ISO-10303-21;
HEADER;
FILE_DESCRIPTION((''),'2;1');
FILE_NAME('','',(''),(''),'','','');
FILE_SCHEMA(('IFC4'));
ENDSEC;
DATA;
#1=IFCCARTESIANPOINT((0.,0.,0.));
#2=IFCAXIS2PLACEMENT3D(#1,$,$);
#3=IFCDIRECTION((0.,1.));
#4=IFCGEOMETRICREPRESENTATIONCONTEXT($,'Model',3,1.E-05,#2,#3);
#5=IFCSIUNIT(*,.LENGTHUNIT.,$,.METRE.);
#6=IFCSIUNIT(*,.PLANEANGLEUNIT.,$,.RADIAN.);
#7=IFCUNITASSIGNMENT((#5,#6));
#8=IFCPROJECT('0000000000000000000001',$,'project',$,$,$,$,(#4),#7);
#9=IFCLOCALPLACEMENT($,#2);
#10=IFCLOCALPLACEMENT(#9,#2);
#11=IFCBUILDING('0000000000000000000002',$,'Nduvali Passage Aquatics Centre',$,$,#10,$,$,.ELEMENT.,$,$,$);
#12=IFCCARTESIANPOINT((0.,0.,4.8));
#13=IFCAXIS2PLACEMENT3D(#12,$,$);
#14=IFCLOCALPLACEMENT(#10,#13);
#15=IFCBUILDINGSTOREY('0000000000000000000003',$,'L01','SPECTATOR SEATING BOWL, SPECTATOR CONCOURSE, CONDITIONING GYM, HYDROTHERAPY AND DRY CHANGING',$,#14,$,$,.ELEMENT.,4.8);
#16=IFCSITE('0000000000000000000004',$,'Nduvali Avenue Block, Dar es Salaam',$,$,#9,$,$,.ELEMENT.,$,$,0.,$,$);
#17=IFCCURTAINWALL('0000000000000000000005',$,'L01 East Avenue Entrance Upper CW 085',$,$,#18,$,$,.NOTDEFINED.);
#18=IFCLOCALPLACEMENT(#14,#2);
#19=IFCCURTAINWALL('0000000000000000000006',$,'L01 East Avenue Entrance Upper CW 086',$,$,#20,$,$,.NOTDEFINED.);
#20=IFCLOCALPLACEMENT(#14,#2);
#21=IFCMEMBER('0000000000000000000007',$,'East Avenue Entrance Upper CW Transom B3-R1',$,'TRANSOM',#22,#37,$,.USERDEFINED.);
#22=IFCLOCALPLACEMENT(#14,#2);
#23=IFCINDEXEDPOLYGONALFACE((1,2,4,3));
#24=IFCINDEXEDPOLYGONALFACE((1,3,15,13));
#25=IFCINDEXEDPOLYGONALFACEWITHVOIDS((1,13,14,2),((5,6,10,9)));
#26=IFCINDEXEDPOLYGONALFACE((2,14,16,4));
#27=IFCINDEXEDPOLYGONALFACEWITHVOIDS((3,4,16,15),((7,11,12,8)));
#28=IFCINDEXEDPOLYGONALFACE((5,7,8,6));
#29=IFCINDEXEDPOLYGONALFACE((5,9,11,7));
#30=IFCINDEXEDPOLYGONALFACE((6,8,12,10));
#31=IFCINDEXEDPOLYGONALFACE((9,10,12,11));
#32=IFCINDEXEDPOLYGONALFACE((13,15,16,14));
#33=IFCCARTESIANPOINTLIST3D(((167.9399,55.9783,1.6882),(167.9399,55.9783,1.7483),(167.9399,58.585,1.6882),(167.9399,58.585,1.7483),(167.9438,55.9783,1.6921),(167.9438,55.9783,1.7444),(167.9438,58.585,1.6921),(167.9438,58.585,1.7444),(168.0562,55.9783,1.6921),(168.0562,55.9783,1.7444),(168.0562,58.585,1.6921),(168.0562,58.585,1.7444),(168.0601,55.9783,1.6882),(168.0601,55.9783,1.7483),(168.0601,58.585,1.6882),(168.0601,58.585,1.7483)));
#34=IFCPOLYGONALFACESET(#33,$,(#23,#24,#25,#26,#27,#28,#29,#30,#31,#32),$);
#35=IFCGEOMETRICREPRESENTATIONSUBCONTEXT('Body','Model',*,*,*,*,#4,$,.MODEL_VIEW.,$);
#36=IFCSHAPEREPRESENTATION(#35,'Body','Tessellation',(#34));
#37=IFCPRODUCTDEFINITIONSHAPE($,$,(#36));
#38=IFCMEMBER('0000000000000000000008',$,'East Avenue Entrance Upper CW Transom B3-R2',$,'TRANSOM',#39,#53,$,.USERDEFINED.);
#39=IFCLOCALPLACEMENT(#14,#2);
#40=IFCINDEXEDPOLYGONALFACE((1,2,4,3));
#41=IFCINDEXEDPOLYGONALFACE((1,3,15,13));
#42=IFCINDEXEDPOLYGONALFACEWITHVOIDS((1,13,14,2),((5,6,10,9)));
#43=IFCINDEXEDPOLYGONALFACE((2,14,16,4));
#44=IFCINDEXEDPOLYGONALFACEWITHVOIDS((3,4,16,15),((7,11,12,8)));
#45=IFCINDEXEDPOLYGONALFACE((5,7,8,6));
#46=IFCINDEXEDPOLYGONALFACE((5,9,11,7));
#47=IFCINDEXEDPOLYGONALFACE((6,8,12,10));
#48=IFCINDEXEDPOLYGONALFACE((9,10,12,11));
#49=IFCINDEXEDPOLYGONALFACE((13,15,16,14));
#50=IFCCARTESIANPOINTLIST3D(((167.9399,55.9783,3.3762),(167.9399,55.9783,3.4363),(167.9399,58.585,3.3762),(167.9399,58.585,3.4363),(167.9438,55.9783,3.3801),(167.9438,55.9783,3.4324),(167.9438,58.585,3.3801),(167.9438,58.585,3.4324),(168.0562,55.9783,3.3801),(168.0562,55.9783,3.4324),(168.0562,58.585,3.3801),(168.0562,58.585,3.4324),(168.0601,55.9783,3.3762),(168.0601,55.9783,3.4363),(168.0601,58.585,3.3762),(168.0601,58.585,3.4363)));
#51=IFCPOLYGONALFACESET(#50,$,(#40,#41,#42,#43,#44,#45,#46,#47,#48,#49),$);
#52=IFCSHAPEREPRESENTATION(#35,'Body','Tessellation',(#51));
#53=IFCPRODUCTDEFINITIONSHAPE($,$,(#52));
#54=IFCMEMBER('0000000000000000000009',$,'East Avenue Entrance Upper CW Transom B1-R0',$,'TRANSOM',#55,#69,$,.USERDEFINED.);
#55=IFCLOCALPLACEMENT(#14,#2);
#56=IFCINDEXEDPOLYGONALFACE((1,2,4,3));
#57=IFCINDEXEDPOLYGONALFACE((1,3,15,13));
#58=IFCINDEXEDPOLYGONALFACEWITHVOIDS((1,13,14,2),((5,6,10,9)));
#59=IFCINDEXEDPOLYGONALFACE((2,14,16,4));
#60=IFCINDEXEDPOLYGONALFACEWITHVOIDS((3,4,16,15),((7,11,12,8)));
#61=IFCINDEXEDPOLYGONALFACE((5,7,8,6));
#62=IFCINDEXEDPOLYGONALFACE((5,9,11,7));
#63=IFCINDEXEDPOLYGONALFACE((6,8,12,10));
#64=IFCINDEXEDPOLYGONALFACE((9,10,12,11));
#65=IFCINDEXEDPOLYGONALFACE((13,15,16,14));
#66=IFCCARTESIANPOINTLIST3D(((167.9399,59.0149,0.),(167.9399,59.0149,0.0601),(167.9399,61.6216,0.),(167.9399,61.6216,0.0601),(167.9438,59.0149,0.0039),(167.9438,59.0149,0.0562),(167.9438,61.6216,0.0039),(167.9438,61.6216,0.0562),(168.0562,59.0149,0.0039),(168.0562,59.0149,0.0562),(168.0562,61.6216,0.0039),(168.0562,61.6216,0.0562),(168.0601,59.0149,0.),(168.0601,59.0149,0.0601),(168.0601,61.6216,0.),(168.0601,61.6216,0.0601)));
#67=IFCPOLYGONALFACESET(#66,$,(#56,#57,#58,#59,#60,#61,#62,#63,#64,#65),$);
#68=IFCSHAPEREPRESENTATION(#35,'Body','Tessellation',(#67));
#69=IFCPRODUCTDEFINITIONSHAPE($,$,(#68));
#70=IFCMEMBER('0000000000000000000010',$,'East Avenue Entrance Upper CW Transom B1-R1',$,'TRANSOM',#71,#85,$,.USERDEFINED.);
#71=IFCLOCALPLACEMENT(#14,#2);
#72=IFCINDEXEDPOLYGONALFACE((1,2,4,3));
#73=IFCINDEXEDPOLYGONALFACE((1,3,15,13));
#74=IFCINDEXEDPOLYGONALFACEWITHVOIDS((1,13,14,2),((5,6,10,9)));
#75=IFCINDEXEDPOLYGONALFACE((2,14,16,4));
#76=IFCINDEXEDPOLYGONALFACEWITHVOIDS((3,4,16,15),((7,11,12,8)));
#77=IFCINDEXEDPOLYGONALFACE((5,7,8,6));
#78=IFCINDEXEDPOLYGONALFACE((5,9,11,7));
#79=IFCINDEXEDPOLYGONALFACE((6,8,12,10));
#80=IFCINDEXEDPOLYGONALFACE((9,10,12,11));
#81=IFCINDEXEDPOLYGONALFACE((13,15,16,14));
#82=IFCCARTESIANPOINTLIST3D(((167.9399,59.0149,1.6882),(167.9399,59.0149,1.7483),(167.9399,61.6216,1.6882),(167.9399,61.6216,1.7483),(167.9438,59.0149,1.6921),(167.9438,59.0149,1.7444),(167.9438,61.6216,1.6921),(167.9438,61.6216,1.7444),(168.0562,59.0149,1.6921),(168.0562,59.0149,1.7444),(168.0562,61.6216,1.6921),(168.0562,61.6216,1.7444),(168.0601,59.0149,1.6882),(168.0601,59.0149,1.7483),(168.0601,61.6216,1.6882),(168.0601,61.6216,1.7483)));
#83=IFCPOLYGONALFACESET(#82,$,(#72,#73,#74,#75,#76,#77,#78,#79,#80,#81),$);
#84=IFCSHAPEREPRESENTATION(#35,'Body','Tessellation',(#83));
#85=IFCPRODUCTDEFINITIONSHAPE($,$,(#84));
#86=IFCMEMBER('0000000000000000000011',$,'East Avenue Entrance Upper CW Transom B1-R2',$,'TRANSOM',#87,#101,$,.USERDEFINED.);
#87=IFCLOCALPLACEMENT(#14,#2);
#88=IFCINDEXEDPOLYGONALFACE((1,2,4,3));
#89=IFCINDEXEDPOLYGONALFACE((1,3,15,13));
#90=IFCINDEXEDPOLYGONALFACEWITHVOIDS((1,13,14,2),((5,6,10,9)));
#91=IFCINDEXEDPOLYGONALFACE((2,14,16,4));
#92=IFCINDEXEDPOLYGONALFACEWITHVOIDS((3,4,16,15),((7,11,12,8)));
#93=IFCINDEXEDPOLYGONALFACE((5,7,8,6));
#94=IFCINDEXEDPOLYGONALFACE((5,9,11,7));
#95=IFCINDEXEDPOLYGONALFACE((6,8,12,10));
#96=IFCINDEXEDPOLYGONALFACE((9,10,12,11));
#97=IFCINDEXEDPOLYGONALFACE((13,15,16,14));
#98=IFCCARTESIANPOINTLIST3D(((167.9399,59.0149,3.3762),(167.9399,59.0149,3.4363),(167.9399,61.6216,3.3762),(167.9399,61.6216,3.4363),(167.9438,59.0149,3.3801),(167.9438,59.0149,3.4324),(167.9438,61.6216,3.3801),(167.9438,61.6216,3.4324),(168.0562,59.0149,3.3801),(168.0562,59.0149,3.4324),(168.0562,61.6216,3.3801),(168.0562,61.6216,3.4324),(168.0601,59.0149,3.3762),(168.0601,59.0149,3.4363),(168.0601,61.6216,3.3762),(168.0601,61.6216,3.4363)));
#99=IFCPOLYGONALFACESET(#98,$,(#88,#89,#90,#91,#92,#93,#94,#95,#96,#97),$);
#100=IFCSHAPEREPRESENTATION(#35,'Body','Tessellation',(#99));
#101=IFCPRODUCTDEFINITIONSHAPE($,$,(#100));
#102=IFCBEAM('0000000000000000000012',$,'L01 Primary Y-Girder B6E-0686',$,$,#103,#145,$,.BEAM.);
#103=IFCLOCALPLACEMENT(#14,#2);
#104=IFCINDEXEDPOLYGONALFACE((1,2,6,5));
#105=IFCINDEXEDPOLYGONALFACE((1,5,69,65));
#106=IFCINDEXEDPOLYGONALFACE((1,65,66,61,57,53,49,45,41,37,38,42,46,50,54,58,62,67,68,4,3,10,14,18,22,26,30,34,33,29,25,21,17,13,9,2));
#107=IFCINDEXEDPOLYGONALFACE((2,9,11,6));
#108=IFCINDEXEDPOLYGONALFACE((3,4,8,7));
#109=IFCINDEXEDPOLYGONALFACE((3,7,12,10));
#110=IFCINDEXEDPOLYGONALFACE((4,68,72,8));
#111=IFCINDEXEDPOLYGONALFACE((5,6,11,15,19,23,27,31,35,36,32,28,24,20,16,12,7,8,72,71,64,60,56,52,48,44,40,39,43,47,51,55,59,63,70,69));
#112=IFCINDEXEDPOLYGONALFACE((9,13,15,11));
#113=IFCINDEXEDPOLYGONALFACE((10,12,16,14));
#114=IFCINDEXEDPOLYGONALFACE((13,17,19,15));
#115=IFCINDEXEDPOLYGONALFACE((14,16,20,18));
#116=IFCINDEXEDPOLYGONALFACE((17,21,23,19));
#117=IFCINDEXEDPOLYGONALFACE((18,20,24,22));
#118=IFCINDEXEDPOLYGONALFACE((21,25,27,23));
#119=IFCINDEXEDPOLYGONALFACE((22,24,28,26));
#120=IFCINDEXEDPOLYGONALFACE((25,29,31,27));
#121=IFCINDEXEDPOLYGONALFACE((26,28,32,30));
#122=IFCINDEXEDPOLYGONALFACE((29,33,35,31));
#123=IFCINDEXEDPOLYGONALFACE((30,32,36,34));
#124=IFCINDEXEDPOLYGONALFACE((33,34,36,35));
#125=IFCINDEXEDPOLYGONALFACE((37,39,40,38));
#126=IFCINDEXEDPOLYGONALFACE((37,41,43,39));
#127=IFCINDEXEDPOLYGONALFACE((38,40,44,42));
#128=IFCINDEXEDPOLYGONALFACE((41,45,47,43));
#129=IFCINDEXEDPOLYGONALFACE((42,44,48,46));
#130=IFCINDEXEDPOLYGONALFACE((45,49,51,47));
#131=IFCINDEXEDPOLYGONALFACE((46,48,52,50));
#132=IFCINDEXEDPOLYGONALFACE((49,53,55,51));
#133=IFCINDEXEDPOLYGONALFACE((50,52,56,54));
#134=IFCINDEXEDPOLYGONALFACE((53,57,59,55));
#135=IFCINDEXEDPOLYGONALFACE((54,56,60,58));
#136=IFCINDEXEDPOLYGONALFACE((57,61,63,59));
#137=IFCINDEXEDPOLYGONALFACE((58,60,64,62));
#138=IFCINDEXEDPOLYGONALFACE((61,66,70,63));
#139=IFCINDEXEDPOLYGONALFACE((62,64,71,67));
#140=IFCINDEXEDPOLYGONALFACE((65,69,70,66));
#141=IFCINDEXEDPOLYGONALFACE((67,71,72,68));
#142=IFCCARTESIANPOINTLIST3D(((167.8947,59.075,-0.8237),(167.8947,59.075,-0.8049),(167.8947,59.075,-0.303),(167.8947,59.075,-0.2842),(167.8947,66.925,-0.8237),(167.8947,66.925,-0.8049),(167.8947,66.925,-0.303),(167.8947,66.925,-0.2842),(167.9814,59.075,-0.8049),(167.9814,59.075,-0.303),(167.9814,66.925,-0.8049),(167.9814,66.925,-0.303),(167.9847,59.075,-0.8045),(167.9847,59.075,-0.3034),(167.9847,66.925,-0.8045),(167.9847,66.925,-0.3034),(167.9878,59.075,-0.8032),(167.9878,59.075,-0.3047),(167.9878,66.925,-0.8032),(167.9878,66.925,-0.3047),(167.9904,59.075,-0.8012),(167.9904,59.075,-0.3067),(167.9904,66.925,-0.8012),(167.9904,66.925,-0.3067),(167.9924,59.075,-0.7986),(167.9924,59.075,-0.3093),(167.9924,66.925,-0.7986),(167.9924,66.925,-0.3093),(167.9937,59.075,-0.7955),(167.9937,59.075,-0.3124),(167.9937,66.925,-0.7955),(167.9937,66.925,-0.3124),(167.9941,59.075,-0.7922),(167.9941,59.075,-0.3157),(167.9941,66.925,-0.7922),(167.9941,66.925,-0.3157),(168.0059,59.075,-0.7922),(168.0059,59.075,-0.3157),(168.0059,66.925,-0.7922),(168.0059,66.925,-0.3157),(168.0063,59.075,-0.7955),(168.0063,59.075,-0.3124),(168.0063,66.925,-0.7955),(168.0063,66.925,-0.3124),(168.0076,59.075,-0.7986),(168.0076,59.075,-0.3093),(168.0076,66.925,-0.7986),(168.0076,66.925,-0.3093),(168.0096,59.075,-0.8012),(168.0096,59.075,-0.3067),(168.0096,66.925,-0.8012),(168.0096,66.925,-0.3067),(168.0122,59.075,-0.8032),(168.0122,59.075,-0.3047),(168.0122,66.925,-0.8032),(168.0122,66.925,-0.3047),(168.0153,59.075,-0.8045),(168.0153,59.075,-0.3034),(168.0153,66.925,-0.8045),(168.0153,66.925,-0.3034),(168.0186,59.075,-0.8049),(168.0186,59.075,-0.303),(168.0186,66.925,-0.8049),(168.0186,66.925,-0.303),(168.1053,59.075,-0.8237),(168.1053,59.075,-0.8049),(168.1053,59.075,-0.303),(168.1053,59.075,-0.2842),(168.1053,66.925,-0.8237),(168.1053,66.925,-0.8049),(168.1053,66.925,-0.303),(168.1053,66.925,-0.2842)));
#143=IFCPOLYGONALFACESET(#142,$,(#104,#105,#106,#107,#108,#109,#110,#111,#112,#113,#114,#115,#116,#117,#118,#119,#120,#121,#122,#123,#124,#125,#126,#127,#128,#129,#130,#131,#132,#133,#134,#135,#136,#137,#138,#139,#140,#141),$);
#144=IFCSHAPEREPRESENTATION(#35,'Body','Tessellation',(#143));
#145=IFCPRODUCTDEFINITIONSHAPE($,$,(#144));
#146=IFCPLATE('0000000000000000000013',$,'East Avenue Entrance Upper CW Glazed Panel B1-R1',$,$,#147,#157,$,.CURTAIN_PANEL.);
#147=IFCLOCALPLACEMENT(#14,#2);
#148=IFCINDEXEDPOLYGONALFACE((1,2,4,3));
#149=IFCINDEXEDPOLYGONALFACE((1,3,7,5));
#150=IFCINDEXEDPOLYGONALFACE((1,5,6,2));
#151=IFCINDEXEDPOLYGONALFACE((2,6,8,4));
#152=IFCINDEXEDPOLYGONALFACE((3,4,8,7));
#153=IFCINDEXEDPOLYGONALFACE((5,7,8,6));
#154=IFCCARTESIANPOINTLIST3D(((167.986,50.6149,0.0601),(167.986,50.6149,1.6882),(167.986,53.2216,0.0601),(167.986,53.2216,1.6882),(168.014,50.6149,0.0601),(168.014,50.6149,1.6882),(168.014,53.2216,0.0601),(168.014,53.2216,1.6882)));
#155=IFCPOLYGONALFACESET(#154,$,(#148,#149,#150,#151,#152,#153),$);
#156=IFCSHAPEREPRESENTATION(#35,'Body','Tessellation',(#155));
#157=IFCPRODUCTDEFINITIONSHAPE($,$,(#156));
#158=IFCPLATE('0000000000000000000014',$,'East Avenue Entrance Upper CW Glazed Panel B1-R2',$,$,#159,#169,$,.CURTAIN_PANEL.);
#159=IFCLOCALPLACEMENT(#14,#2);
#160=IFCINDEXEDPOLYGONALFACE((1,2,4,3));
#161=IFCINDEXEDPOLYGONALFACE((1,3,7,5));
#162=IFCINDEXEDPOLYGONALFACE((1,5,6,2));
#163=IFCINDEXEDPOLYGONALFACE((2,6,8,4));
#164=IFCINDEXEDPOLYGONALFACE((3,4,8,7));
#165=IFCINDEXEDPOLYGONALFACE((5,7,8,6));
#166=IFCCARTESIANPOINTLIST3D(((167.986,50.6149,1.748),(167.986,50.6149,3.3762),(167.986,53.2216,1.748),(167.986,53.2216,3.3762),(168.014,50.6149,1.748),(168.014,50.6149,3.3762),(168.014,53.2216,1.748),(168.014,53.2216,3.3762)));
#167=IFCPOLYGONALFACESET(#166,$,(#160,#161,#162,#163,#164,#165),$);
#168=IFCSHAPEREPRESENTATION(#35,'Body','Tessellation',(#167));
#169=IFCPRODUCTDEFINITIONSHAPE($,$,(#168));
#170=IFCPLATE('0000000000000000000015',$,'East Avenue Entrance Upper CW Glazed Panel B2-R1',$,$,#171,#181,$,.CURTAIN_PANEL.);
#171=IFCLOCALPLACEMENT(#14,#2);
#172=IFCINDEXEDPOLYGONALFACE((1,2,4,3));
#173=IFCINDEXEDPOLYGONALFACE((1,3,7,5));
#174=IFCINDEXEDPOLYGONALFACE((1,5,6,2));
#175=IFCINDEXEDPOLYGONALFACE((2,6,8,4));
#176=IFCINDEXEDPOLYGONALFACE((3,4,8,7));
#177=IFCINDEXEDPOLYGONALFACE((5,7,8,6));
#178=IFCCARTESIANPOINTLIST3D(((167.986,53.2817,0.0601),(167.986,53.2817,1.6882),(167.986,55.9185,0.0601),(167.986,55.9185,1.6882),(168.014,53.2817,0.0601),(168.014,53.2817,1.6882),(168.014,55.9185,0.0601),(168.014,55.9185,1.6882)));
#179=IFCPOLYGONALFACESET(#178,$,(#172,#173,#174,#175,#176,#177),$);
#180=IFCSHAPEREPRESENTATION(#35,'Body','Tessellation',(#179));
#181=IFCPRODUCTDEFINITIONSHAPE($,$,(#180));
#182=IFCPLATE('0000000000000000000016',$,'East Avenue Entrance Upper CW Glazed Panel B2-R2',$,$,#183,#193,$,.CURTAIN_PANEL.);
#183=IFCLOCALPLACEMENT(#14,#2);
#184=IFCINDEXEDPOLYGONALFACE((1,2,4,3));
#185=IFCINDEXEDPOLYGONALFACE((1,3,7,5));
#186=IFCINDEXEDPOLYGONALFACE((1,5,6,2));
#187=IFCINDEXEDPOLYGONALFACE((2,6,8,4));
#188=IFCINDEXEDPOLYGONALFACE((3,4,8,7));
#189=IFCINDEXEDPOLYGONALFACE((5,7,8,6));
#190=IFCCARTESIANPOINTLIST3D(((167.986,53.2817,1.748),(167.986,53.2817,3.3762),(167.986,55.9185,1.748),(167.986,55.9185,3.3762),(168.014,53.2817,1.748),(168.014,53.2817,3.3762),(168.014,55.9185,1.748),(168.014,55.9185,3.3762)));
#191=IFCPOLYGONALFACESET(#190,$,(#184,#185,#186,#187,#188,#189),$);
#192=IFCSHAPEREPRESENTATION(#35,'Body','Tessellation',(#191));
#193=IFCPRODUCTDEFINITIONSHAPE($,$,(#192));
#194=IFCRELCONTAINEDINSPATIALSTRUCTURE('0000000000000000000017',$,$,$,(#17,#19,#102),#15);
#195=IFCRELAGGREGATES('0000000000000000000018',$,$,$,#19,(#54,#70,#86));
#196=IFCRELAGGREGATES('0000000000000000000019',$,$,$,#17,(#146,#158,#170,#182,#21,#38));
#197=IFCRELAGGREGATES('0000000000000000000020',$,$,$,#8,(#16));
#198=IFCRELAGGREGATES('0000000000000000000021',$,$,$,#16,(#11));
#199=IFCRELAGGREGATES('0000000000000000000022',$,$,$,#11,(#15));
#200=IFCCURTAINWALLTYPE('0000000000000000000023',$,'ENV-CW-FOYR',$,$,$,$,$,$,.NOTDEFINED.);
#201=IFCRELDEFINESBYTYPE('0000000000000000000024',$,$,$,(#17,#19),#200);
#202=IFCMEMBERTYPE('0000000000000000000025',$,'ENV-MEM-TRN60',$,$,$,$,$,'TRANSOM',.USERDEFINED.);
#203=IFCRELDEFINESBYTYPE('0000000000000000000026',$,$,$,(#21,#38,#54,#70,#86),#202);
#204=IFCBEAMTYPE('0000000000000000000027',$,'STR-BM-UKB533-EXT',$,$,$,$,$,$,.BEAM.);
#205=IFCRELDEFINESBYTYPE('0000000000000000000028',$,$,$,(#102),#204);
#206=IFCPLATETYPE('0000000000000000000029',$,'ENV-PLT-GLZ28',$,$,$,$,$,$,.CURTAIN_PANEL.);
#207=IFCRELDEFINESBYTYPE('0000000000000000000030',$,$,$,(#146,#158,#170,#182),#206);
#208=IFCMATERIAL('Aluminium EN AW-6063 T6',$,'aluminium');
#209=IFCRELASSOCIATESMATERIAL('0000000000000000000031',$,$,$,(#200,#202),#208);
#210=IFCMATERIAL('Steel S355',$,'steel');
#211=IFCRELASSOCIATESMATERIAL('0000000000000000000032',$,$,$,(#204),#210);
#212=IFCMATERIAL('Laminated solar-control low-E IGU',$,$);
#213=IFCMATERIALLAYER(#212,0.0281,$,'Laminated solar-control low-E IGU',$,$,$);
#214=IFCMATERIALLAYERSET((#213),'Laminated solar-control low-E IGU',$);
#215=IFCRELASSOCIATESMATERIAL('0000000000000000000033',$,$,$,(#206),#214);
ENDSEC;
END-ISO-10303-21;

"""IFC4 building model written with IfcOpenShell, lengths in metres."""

from ifc_helpers import new_model, si_unit, direction, frame, origin, origin_2d, place, context, subcontext, project, spatial, rectangle, hollow_rectangle, i_section, extrude, material, layer, layer_set, material_profile, profile_set, type_object, element, aggregate, save


model = new_model("IFC4")

# Units and contexts
model_context = context("Model", 3, precision=1e-05, world=origin(), true_north=direction((0.0, 1.0)))
body_context = subcontext(model_context, "Body", "Model", "MODEL_VIEW")
ifc_project = project(units=[si_unit("LENGTHUNIT", "METRE"), si_unit("PLANEANGLEUNIT", "RADIAN")], contexts=[model_context])

# Site, building, storey
site_placement = place(None, origin())
site = spatial("IfcSite", under=ifc_project, at=site_placement, Name="Nduvali Avenue Block, Dar es Salaam", CompositionType="ELEMENT", RefElevation=0.0)
building_placement = place(site_placement, origin())
building = spatial("IfcBuilding", under=site, at=building_placement, Name="Nduvali Passage Aquatics Centre", CompositionType="ELEMENT")
storey_placement = place(building_placement, frame((0.0, 0.0, 4.8)))
storey = spatial("IfcBuildingStorey", under=building, at=storey_placement, Name="L01", Description="SPECTATOR SEATING BOWL, SPECTATOR CONCOURSE, CONDITIONING GYM, HYDROTHERAPY AND DRY CHANGING", CompositionType="ELEMENT", Elevation=4.8)

# Shared definitions
ifc_material_1 = material(Name="Steel S355", Category="steel")

# Curtain wall
ifc_material_2 = material(Name="Aluminium EN AW-6063 T6", Category="aluminium")
curtain_wall_type = type_object("IfcCurtainWallType", Name="ENV-CW-FOYR", PredefinedType="NOTDEFINED", material=ifc_material_2)
curtain_wall_1_placement = place(storey_placement, origin())
curtain_wall_1 = element("IfcCurtainWall", 1, at=curtain_wall_1_placement, inside=storey, type_object=curtain_wall_type, Name="L01 East Avenue Entrance Upper CW 085", PredefinedType="NOTDEFINED")

# Curtain wall
curtain_wall_2_placement = place(storey_placement, origin())
curtain_wall_2 = element("IfcCurtainWall", 2, at=curtain_wall_2_placement, inside=storey, type_object=curtain_wall_type, Name="L01 East Avenue Entrance Upper CW 086", PredefinedType="NOTDEFINED")

# Members
ifc_material_profile_1 = material_profile(ifc_material_2, hollow_rectangle(XDim=0.1201, YDim=0.0601, WallThickness=0.0039, at=origin_2d()), Name="ALU TRANSOM 120x60x4")
ifc_profile_set_1 = profile_set([ifc_material_profile_1], Name="Aluminium EN AW-6063 T6")
member_type_1 = type_object("IfcMemberType", Name="ENV-MEM-TRN60", ElementType="TRANSOM", PredefinedType="USERDEFINED", material=ifc_profile_set_1)
member_1_placement = place(storey_placement, frame((168.0, 55.9783, 1.7183), z_axis=(0.0, 1.0, 0.0), x_axis=(-1.0, 0.0, 0.0)))
member_1 = element("IfcMember", 3, at=member_1_placement, type_object=member_type_1, Name="East Avenue Entrance Upper CW Transom B3-R1", ObjectType="TRANSOM", PredefinedType="USERDEFINED", context=body_context, shape_type="SweptSolid", body=[
    extrude(hollow_rectangle(XDim=0.1201, YDim=0.0601, WallThickness=0.0039, at=origin_2d()), origin(), (0.0, 0.0, 1.0), 2.6067),
])
member_2_placement = place(storey_placement, frame((168.0, 55.9783, 3.4062), z_axis=(0.0, 1.0, 0.0), x_axis=(-1.0, 0.0, 0.0)))
member_2 = element("IfcMember", 4, at=member_2_placement, type_object=member_type_1, Name="East Avenue Entrance Upper CW Transom B3-R2", ObjectType="TRANSOM", PredefinedType="USERDEFINED", context=body_context, shape_type="SweptSolid", body=[
    extrude(hollow_rectangle(XDim=0.1201, YDim=0.0601, WallThickness=0.0039, at=origin_2d()), origin(), (0.0, 0.0, 1.0), 2.6067),
])
member_3_placement = place(storey_placement, frame((168.0, 59.0149, 0.03), z_axis=(0.0, 1.0, 0.0), x_axis=(-1.0, 0.0, 0.0)))
member_3 = element("IfcMember", 5, at=member_3_placement, type_object=member_type_1, Name="East Avenue Entrance Upper CW Transom B1-R0", ObjectType="TRANSOM", PredefinedType="USERDEFINED", context=body_context, shape_type="SweptSolid", body=[
    extrude(hollow_rectangle(XDim=0.1201, YDim=0.0601, WallThickness=0.0039, at=origin_2d()), origin(), (0.0, 0.0, 1.0), 2.6067),
])
member_4_placement = place(storey_placement, frame((168.0, 59.0149, 1.7183), z_axis=(0.0, 1.0, 0.0), x_axis=(-1.0, 0.0, 0.0)))
member_4 = element("IfcMember", 6, at=member_4_placement, type_object=member_type_1, Name="East Avenue Entrance Upper CW Transom B1-R1", ObjectType="TRANSOM", PredefinedType="USERDEFINED", context=body_context, shape_type="SweptSolid", body=[
    extrude(hollow_rectangle(XDim=0.1201, YDim=0.0601, WallThickness=0.0039, at=origin_2d()), origin(), (0.0, 0.0, 1.0), 2.6067),
])
member_5_placement = place(storey_placement, frame((168.0, 59.0149, 3.4062), z_axis=(0.0, 1.0, 0.0), x_axis=(-1.0, 0.0, 0.0)))
member_5 = element("IfcMember", 7, at=member_5_placement, type_object=member_type_1, Name="East Avenue Entrance Upper CW Transom B1-R2", ObjectType="TRANSOM", PredefinedType="USERDEFINED", context=body_context, shape_type="SweptSolid", body=[
    extrude(hollow_rectangle(XDim=0.1201, YDim=0.0601, WallThickness=0.0039, at=origin_2d()), origin(), (0.0, 0.0, 1.0), 2.6067),
])
aggregate(curtain_wall_2, [member_3, member_4, member_5])

# Beam
ifc_material_profile_2 = material_profile(ifc_material_1, i_section(OverallWidth=0.2107, OverallDepth=0.5396, WebThickness=0.0117, FlangeThickness=0.0188, FilletRadius=0.0127, at=origin_2d()), Name="UKB 533x210x109")
ifc_profile_set_2 = profile_set([ifc_material_profile_2], Name="Steel S355")
beam_type = type_object("IfcBeamType", Name="STR-BM-UKB533-EXT", PredefinedType="BEAM", material=ifc_profile_set_2)
beam_placement = place(storey_placement, frame((168.0, 59.075, -0.554), z_axis=(0.0, 1.0, 0.0), x_axis=(-1.0, 0.0, 0.0)))
element("IfcBeam", 8, at=beam_placement, inside=storey, type_object=beam_type, Name="L01 Primary Y-Girder B6E-0686", PredefinedType="BEAM", context=body_context, shape_type="SweptSolid", body=[
    extrude(i_section(OverallWidth=0.2107, OverallDepth=0.5396, WebThickness=0.0117, FlangeThickness=0.0188, FilletRadius=0.0127, at=origin_2d()), origin(), (0.0, 0.0, 1.0), 7.8501),
])

# Plates
ifc_material_3 = material(Name="Laminated solar-control low-E IGU")
ifc_layer = layer(ifc_material_3, 0.0281, Name="Laminated solar-control low-E IGU")
ifc_layer_set = layer_set([ifc_layer], Name="Laminated solar-control low-E IGU")
plate_type = type_object("IfcPlateType", Name="ENV-PLT-GLZ28", PredefinedType="CURTAIN_PANEL", material=ifc_layer_set)
plate_1_placement = place(storey_placement, frame((168.0, 51.9182, 0.0601), z_axis=(0.0, 0.0, 1.0), x_axis=(0.0, 1.0, 0.0)))
plate_1 = element("IfcPlate", 9, at=plate_1_placement, type_object=plate_type, Name="East Avenue Entrance Upper CW Glazed Panel B1-R1", PredefinedType="CURTAIN_PANEL", context=body_context, shape_type="SweptSolid", body=[
    extrude(rectangle(XDim=2.6067, YDim=0.0281, at=origin_2d()), origin(), (0.0, 0.0, 1.0), 1.6282),
])
plate_2_placement = place(storey_placement, frame((168.0, 51.9182, 1.748), z_axis=(0.0, 0.0, 1.0), x_axis=(0.0, 1.0, 0.0)))
plate_2 = element("IfcPlate", 10, at=plate_2_placement, type_object=plate_type, Name="East Avenue Entrance Upper CW Glazed Panel B1-R2", PredefinedType="CURTAIN_PANEL", context=body_context, shape_type="SweptSolid", body=[
    extrude(rectangle(XDim=2.6067, YDim=0.0281, at=origin_2d()), origin(), (0.0, 0.0, 1.0), 1.6282),
])
plate_3_placement = place(storey_placement, frame((168.0, 54.6001, 0.0601), z_axis=(0.0, 0.0, 1.0), x_axis=(0.0, 1.0, 0.0)))
plate_3 = element("IfcPlate", 11, at=plate_3_placement, type_object=plate_type, Name="East Avenue Entrance Upper CW Glazed Panel B2-R1", PredefinedType="CURTAIN_PANEL", context=body_context, shape_type="SweptSolid", body=[
    extrude(rectangle(XDim=2.6367, YDim=0.0281, at=origin_2d()), origin(), (0.0, 0.0, 1.0), 1.6282),
])
plate_4_placement = place(storey_placement, frame((168.0, 54.6001, 1.748), z_axis=(0.0, 0.0, 1.0), x_axis=(0.0, 1.0, 0.0)))
plate_4 = element("IfcPlate", 12, at=plate_4_placement, type_object=plate_type, Name="East Avenue Entrance Upper CW Glazed Panel B2-R2", PredefinedType="CURTAIN_PANEL", context=body_context, shape_type="SweptSolid", body=[
    extrude(rectangle(XDim=2.6367, YDim=0.0281, at=origin_2d()), origin(), (0.0, 0.0, 1.0), 1.6282),
])
aggregate(curtain_wall_1, [plate_1, plate_2, plate_3, plate_4, member_1, member_2])

save(model, "model.ifc")
